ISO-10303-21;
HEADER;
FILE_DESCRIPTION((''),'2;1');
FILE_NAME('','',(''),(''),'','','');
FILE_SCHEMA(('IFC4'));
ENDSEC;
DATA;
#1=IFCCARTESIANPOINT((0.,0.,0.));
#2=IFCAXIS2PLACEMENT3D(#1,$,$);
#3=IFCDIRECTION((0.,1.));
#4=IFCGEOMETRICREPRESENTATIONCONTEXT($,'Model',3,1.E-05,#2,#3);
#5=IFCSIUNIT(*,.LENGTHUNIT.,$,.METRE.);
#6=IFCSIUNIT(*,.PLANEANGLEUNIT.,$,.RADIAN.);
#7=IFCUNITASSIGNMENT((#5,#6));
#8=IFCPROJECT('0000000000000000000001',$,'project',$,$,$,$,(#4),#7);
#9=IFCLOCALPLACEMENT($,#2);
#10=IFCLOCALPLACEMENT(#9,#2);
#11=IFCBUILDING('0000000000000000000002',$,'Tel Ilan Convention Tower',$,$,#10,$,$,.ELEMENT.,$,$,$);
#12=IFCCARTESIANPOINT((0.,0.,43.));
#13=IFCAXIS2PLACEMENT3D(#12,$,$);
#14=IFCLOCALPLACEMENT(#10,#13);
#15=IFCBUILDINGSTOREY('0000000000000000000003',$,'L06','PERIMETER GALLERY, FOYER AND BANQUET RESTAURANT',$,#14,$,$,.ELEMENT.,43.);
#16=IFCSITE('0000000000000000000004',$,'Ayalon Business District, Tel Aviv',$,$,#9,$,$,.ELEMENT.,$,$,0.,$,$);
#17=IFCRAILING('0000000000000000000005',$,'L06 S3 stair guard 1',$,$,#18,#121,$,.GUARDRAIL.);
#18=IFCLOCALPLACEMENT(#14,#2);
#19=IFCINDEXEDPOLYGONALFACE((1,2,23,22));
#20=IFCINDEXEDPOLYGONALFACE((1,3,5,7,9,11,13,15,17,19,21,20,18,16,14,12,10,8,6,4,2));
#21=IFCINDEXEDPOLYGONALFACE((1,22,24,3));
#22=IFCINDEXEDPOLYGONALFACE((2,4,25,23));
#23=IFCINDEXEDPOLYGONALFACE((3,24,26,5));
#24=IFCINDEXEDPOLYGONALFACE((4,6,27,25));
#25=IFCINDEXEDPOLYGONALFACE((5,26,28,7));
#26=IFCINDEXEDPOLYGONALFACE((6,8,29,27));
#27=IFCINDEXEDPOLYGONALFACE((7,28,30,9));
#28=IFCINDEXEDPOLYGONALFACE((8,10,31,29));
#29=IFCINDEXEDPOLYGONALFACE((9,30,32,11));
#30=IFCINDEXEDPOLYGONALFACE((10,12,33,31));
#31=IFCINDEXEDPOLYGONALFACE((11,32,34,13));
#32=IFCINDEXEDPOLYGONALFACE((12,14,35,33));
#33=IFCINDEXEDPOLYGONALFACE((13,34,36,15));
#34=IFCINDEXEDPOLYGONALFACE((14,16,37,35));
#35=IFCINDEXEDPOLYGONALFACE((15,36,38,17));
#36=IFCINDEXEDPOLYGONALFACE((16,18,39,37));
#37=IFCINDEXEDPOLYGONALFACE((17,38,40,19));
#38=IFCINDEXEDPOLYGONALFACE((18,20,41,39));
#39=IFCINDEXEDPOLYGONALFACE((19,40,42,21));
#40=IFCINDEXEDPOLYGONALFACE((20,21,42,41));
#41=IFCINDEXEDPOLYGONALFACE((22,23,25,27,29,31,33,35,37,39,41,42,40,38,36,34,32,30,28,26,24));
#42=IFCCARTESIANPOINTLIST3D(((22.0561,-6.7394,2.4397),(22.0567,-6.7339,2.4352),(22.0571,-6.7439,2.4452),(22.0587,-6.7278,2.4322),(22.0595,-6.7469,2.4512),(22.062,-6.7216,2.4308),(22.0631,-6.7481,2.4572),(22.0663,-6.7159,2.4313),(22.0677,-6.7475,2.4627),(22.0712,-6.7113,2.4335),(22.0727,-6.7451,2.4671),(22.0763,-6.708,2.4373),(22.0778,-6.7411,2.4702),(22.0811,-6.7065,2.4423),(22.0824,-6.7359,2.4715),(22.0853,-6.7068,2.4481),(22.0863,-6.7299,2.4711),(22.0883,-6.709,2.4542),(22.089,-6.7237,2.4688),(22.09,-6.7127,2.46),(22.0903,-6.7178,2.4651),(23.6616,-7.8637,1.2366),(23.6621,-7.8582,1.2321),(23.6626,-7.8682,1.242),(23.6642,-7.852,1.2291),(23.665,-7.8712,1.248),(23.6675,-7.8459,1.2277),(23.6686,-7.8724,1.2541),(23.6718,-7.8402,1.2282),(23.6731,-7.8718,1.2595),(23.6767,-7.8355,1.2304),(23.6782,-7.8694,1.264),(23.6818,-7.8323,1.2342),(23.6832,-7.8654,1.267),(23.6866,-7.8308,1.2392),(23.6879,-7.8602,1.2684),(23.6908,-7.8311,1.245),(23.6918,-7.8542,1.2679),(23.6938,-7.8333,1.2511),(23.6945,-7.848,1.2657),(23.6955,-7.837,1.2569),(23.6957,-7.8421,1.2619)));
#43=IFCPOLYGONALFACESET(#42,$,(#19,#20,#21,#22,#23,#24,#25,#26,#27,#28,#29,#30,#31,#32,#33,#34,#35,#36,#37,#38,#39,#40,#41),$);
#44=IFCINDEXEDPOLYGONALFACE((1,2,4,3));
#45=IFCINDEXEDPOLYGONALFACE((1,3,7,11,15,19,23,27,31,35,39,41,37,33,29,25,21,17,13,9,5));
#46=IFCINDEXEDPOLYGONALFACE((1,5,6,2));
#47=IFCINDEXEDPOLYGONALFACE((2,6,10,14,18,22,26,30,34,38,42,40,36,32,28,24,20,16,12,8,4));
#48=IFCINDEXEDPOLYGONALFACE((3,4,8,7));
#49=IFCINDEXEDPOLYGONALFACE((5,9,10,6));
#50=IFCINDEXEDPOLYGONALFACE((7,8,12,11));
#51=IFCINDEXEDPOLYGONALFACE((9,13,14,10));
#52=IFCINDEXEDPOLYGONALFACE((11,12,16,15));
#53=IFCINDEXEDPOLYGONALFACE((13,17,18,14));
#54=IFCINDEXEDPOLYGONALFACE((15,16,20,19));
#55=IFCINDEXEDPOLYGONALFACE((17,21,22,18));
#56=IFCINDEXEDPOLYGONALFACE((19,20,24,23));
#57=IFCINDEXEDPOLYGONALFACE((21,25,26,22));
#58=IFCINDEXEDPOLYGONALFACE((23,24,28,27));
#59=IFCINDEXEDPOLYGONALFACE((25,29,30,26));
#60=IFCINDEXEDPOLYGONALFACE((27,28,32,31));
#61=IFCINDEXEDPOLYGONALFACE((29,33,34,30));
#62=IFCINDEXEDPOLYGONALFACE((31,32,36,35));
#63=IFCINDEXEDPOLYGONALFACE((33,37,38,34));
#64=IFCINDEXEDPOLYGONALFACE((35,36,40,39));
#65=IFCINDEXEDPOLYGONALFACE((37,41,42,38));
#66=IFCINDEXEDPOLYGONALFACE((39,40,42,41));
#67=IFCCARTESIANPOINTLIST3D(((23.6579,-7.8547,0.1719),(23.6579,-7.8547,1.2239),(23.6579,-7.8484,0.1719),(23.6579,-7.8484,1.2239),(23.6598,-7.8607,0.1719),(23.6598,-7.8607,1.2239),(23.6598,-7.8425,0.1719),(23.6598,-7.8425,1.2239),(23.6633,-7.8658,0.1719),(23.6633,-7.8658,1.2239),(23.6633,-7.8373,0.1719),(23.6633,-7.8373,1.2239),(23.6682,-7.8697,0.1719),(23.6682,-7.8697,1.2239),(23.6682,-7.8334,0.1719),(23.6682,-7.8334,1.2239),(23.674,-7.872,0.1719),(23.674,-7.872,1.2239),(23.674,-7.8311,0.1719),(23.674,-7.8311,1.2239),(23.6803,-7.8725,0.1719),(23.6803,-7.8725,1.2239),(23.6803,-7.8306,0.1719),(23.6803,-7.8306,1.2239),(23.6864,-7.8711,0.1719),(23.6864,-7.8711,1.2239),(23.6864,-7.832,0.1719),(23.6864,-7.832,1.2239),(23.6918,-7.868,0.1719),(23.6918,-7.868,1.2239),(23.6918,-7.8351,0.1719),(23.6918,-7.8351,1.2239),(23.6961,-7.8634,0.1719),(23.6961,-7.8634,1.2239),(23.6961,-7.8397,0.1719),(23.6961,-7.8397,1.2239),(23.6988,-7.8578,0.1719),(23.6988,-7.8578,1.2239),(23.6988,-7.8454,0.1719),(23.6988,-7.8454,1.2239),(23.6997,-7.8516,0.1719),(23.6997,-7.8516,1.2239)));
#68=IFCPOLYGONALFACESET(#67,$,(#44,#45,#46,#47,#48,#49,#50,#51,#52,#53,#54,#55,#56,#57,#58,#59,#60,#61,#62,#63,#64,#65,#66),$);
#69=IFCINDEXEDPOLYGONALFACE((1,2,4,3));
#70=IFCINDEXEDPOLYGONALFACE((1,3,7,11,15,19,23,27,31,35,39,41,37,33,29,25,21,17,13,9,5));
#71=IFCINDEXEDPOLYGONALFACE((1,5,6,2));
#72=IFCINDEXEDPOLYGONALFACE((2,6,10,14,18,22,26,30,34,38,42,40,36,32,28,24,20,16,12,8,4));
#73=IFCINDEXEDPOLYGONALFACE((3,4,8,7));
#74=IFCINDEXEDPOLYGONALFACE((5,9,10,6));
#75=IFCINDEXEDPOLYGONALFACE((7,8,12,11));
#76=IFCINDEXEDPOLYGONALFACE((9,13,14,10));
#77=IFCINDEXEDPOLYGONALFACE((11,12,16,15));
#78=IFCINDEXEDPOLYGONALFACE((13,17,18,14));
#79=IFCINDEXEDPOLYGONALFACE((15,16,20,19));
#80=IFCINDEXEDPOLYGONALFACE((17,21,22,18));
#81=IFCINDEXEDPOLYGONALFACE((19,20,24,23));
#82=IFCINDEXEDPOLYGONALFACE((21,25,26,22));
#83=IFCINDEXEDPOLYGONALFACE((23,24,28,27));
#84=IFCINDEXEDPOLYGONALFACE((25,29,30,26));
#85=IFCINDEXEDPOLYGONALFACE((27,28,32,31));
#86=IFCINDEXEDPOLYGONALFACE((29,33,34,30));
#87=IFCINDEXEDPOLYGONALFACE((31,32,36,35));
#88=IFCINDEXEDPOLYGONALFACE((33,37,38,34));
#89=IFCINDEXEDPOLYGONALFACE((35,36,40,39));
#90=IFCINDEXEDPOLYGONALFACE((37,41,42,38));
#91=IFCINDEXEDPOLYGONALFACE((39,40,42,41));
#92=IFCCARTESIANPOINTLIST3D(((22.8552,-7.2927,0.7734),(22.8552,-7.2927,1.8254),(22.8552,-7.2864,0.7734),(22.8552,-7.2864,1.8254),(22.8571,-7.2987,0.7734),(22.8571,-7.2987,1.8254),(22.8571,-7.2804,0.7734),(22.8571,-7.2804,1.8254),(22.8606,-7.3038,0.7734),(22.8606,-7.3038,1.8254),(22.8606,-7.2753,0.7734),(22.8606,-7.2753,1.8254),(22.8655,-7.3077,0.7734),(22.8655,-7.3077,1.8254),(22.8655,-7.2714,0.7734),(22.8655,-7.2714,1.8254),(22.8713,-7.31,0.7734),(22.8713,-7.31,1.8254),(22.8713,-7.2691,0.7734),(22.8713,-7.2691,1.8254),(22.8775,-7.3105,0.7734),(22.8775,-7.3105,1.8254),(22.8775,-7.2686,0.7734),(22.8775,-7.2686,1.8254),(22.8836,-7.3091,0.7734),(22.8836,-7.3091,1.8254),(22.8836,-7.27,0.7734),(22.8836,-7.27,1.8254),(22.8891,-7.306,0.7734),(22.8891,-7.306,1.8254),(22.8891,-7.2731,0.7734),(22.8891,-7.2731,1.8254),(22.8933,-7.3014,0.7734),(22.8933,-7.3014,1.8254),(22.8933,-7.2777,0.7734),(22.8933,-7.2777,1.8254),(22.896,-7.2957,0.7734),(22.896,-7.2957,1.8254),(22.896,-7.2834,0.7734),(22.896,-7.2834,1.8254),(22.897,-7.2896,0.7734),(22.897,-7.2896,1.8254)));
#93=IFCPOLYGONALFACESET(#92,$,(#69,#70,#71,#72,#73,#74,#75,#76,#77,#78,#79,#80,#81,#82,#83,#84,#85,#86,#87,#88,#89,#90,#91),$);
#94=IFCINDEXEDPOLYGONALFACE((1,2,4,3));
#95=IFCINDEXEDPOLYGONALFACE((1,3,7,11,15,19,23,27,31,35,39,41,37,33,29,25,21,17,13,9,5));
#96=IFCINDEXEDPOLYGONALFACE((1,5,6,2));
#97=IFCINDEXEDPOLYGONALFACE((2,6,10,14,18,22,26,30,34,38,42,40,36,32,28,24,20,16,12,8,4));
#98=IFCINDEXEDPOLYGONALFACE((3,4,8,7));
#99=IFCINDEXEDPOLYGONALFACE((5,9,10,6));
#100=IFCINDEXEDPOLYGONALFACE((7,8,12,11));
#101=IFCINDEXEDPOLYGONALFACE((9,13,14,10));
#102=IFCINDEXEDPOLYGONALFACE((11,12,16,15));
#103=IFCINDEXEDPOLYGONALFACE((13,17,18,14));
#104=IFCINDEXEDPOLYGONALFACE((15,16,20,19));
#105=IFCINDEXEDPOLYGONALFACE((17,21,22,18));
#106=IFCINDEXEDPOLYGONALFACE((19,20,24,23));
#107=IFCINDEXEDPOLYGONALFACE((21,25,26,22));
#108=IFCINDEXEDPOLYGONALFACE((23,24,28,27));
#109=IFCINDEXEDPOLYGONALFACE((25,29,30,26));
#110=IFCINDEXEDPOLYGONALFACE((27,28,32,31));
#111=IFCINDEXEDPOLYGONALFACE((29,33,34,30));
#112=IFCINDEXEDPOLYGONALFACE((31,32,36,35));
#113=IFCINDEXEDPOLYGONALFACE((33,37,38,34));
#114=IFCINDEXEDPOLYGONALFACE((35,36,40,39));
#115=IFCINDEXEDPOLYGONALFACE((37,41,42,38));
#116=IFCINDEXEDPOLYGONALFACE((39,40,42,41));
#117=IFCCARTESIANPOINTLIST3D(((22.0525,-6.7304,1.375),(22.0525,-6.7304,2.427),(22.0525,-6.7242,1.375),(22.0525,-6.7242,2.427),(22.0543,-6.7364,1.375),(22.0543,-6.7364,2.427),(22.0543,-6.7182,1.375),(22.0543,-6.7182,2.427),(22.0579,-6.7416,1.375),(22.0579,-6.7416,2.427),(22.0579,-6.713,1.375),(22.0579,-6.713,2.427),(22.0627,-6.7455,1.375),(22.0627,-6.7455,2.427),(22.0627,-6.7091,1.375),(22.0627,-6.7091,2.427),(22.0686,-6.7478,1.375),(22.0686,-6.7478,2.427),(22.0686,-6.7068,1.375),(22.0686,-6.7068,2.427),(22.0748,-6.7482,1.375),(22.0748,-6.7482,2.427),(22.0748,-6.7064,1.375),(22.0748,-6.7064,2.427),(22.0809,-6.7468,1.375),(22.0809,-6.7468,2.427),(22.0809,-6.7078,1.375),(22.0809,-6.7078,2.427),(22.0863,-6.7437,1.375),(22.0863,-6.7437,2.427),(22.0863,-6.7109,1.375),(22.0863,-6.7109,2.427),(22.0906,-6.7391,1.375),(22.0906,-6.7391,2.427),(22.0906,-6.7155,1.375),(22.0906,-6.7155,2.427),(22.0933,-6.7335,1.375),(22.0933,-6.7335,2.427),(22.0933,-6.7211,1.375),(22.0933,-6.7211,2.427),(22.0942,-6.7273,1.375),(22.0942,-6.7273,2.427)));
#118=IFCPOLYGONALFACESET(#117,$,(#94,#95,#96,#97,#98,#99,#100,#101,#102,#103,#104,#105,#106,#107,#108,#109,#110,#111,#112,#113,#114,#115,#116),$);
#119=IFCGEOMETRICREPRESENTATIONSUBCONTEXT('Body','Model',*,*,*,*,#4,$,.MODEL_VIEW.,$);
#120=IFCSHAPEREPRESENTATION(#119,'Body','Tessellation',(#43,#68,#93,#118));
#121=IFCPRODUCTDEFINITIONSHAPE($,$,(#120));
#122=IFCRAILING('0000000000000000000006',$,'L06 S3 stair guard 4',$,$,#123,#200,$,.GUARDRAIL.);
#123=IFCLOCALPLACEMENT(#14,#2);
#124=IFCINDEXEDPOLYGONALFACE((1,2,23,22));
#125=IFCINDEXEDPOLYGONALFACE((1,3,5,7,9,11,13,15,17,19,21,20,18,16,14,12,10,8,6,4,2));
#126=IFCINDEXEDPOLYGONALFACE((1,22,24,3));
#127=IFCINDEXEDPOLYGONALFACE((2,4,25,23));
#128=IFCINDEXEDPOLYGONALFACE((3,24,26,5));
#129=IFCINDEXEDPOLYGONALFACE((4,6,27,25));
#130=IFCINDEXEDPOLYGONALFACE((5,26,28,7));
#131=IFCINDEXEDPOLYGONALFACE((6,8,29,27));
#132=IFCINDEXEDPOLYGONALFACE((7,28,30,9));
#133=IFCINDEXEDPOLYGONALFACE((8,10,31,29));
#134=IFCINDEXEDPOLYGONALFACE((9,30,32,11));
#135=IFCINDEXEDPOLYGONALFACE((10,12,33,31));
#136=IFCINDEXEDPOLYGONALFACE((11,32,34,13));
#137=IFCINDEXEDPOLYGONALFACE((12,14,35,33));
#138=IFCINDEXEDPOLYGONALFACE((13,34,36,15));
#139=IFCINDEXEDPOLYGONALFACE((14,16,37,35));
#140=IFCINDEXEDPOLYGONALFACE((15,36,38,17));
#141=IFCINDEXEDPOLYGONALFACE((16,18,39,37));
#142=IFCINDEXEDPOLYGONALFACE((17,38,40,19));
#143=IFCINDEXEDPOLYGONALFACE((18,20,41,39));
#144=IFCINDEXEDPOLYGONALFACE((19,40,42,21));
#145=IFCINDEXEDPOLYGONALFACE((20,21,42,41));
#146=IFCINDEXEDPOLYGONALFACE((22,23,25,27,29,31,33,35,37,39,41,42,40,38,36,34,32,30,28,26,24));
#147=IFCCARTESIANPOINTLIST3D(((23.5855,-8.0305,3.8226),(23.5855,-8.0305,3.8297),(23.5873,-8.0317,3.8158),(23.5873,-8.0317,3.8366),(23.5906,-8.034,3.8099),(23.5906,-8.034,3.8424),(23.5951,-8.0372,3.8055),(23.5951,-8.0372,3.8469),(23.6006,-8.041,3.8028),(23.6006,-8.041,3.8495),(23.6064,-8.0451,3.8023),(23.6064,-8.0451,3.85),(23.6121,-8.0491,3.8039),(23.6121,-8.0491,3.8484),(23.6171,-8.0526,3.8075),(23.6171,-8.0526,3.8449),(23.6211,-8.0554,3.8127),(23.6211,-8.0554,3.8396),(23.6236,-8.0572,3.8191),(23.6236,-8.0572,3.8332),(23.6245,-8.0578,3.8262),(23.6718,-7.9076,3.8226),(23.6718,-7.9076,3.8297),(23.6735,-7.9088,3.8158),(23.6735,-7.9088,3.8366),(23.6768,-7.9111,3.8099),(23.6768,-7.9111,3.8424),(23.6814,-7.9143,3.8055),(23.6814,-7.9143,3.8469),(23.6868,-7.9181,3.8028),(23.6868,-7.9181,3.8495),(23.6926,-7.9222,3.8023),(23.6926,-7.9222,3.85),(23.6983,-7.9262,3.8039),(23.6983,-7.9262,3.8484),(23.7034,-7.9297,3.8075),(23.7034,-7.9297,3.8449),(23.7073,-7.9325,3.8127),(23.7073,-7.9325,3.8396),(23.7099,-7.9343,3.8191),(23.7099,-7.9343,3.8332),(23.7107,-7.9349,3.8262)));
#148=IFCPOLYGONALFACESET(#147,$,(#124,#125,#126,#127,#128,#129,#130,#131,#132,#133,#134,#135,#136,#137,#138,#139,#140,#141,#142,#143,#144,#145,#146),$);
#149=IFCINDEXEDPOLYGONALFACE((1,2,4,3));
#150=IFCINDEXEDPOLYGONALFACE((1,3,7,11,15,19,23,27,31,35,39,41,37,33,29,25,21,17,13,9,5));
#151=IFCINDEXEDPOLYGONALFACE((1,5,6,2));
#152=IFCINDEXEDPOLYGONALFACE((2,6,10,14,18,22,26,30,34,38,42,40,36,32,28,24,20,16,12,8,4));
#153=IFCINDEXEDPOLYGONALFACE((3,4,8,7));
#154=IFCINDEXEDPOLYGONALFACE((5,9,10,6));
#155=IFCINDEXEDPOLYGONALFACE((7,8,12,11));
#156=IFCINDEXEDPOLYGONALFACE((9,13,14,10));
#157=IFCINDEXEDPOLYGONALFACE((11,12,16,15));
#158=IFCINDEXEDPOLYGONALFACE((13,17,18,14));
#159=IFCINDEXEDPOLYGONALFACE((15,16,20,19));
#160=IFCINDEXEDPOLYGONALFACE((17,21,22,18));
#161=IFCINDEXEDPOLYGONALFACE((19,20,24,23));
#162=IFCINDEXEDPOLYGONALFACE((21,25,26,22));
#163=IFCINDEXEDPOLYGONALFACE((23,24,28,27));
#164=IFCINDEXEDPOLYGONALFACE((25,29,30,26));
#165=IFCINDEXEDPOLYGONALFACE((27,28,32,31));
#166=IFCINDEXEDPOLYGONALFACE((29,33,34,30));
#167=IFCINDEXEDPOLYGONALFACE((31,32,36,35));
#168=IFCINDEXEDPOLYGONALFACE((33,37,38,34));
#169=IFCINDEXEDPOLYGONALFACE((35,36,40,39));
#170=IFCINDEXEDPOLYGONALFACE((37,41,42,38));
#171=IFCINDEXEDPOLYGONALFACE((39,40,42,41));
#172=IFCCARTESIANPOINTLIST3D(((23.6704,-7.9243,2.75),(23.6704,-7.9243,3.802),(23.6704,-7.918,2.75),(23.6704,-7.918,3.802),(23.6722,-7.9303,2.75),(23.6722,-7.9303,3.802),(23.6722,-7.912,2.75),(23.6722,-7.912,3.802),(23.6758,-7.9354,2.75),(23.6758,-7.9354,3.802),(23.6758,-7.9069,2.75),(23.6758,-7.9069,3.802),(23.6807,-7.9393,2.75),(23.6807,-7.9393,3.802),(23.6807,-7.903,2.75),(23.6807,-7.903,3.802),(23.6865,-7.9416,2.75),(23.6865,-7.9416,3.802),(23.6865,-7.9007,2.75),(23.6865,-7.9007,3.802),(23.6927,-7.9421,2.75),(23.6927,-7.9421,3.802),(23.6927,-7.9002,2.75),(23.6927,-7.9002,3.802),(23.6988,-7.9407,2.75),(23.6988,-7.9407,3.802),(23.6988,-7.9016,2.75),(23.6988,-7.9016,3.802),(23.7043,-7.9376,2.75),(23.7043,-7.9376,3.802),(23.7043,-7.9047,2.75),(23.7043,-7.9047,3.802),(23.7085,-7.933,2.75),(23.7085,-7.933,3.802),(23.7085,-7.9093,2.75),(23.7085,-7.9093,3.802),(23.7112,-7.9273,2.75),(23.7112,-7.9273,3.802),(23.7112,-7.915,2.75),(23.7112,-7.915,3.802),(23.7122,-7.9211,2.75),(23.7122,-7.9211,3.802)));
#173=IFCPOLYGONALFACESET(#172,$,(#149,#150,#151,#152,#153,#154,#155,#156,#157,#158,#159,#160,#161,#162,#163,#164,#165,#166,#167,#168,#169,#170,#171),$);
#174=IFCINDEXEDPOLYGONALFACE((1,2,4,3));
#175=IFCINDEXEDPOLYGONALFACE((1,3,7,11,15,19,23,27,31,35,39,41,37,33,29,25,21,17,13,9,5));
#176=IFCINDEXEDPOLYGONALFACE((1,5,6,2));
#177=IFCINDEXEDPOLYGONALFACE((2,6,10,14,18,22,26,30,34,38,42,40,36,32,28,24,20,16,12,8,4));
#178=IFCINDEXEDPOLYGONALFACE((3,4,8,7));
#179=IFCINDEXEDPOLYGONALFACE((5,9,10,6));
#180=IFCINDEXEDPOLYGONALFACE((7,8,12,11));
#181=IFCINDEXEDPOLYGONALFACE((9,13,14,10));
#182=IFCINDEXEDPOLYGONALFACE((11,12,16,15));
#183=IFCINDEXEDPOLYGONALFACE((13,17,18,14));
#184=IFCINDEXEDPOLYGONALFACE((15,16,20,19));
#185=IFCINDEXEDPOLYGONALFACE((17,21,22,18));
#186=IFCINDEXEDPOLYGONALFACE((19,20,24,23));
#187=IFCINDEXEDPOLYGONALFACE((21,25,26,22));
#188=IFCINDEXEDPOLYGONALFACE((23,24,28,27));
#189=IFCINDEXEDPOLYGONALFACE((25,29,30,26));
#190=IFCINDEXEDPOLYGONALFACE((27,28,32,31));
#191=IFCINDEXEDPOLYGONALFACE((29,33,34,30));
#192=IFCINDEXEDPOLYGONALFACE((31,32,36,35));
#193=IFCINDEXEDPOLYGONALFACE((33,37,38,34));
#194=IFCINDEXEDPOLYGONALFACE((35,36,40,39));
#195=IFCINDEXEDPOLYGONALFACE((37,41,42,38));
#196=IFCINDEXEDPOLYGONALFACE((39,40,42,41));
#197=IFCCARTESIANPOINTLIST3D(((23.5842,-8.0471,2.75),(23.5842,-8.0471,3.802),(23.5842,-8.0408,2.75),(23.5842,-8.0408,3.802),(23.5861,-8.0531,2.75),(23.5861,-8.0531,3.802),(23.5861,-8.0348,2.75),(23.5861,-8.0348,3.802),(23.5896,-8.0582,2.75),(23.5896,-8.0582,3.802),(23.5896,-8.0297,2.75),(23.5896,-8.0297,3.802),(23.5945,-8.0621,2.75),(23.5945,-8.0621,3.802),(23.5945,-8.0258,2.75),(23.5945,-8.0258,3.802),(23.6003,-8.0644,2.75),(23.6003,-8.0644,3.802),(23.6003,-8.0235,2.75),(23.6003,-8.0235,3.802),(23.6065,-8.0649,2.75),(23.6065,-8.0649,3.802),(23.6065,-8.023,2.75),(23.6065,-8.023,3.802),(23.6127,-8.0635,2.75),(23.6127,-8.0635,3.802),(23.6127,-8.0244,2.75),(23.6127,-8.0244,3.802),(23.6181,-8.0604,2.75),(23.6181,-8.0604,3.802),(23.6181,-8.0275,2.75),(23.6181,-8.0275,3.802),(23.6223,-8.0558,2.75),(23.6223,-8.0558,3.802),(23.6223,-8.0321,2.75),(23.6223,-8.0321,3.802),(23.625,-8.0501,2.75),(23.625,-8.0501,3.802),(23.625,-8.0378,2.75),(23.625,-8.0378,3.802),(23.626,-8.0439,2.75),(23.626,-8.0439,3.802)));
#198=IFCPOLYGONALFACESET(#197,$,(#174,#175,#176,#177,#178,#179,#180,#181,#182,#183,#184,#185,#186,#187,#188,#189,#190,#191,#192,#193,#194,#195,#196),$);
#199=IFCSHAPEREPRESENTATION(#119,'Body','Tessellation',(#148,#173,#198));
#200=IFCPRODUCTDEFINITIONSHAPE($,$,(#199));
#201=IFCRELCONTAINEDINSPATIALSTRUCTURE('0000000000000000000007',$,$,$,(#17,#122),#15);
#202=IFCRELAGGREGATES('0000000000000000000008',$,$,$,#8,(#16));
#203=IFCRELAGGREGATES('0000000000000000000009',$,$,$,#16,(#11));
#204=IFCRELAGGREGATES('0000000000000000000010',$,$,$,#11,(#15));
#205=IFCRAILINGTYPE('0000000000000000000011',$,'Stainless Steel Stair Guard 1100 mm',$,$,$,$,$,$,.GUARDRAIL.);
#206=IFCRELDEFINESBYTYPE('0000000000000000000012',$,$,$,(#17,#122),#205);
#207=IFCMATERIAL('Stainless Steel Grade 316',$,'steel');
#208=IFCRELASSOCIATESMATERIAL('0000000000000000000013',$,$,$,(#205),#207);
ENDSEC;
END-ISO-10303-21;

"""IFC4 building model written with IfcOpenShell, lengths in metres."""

from ifc_helpers import new_model, si_unit, direction, frame, origin, origin_2d, place, context, subcontext, project, spatial, circle, extrude, material, type_object, element, save


model = new_model("IFC4")

# Units and contexts
model_context = context("Model", 3, precision=1e-05, world=origin(), true_north=direction((0.0, 1.0)))
body_context = subcontext(model_context, "Body", "Model", "MODEL_VIEW")
ifc_project = project(units=[si_unit("LENGTHUNIT", "METRE"), si_unit("PLANEANGLEUNIT", "RADIAN")], contexts=[model_context])

# Site, building, storey
site_placement = place(None, origin())
site = spatial("IfcSite", under=ifc_project, at=site_placement, Name="Ayalon Business District, Tel Aviv", CompositionType="ELEMENT", RefElevation=0.0)
building_placement = place(site_placement, origin())
building = spatial("IfcBuilding", under=site, at=building_placement, Name="Tel Ilan Convention Tower", CompositionType="ELEMENT")
storey_placement = place(building_placement, frame((0.0, 0.0, 43.0)))
storey = spatial("IfcBuildingStorey", under=building, at=storey_placement, Name="L06", Description="PERIMETER GALLERY, FOYER AND BANQUET RESTAURANT", CompositionType="ELEMENT", Elevation=43.0)

# Railings
ifc_material_1 = material(Name="Stainless Steel Grade 316", Category="steel")
railing_type_1 = type_object("IfcRailingType", Name="Stainless Steel Stair Guard 1100 mm", PredefinedType="GUARDRAIL", material=ifc_material_1)
railing_1_placement = place(storey_placement, frame((23.6787, -7.8516, 0.1719)))
element("IfcRailing", 1, at=railing_1_placement, inside=storey, type_object=railing_type_1, Name="L06 S3 stair guard 1", PredefinedType="GUARDRAIL", context=body_context, shape_type="SweptSolid", body=[
    extrude(circle(Radius=0.0239, at=origin_2d()), frame((0.0, 0.0, 1.0762), z_axis=(-0.698095, 0.488857, 0.523146), x_axis=(-0.573613, -0.819127, 0.0)), (0.0, 0.0, 1.0), 2.2998),
    extrude(circle(Radius=0.021, at=origin_2d()), origin(), (0.0, 0.0, 1.0), 1.052),
    extrude(circle(Radius=0.021, at=origin_2d()), frame((-0.8027, 0.562, 0.6016)), (0.0, 0.0, 1.0), 1.052),
    extrude(circle(Radius=0.021, at=origin_2d()), frame((-1.6055, 1.1243, 1.2031)), (0.0, 0.0, 1.0), 1.052),
])
railing_2_placement = place(storey_placement, frame((23.6912, -7.9211, 2.75)))
element("IfcRailing", 2, at=railing_2_placement, inside=storey, type_object=railing_type_1, Name="L06 S3 stair guard 4", PredefinedType="GUARDRAIL", context=body_context, shape_type="SweptSolid", body=[
    extrude(circle(Radius=0.0239, at=origin_2d()), frame((0.0, 0.0, 1.0762), z_axis=(-0.574445, -0.818543, 0.0), x_axis=(0.818543, -0.574445, 0.0)), (0.0, 0.0, 1.0), 0.1501),
    extrude(circle(Radius=0.021, at=origin_2d()), origin(), (0.0, 0.0, 1.0), 1.052),
    extrude(circle(Radius=0.021, at=origin_2d()), frame((-0.0862, -0.1228, 0.0)), (0.0, 0.0, 1.0), 1.052),
])

save(model, "model.ifc")
